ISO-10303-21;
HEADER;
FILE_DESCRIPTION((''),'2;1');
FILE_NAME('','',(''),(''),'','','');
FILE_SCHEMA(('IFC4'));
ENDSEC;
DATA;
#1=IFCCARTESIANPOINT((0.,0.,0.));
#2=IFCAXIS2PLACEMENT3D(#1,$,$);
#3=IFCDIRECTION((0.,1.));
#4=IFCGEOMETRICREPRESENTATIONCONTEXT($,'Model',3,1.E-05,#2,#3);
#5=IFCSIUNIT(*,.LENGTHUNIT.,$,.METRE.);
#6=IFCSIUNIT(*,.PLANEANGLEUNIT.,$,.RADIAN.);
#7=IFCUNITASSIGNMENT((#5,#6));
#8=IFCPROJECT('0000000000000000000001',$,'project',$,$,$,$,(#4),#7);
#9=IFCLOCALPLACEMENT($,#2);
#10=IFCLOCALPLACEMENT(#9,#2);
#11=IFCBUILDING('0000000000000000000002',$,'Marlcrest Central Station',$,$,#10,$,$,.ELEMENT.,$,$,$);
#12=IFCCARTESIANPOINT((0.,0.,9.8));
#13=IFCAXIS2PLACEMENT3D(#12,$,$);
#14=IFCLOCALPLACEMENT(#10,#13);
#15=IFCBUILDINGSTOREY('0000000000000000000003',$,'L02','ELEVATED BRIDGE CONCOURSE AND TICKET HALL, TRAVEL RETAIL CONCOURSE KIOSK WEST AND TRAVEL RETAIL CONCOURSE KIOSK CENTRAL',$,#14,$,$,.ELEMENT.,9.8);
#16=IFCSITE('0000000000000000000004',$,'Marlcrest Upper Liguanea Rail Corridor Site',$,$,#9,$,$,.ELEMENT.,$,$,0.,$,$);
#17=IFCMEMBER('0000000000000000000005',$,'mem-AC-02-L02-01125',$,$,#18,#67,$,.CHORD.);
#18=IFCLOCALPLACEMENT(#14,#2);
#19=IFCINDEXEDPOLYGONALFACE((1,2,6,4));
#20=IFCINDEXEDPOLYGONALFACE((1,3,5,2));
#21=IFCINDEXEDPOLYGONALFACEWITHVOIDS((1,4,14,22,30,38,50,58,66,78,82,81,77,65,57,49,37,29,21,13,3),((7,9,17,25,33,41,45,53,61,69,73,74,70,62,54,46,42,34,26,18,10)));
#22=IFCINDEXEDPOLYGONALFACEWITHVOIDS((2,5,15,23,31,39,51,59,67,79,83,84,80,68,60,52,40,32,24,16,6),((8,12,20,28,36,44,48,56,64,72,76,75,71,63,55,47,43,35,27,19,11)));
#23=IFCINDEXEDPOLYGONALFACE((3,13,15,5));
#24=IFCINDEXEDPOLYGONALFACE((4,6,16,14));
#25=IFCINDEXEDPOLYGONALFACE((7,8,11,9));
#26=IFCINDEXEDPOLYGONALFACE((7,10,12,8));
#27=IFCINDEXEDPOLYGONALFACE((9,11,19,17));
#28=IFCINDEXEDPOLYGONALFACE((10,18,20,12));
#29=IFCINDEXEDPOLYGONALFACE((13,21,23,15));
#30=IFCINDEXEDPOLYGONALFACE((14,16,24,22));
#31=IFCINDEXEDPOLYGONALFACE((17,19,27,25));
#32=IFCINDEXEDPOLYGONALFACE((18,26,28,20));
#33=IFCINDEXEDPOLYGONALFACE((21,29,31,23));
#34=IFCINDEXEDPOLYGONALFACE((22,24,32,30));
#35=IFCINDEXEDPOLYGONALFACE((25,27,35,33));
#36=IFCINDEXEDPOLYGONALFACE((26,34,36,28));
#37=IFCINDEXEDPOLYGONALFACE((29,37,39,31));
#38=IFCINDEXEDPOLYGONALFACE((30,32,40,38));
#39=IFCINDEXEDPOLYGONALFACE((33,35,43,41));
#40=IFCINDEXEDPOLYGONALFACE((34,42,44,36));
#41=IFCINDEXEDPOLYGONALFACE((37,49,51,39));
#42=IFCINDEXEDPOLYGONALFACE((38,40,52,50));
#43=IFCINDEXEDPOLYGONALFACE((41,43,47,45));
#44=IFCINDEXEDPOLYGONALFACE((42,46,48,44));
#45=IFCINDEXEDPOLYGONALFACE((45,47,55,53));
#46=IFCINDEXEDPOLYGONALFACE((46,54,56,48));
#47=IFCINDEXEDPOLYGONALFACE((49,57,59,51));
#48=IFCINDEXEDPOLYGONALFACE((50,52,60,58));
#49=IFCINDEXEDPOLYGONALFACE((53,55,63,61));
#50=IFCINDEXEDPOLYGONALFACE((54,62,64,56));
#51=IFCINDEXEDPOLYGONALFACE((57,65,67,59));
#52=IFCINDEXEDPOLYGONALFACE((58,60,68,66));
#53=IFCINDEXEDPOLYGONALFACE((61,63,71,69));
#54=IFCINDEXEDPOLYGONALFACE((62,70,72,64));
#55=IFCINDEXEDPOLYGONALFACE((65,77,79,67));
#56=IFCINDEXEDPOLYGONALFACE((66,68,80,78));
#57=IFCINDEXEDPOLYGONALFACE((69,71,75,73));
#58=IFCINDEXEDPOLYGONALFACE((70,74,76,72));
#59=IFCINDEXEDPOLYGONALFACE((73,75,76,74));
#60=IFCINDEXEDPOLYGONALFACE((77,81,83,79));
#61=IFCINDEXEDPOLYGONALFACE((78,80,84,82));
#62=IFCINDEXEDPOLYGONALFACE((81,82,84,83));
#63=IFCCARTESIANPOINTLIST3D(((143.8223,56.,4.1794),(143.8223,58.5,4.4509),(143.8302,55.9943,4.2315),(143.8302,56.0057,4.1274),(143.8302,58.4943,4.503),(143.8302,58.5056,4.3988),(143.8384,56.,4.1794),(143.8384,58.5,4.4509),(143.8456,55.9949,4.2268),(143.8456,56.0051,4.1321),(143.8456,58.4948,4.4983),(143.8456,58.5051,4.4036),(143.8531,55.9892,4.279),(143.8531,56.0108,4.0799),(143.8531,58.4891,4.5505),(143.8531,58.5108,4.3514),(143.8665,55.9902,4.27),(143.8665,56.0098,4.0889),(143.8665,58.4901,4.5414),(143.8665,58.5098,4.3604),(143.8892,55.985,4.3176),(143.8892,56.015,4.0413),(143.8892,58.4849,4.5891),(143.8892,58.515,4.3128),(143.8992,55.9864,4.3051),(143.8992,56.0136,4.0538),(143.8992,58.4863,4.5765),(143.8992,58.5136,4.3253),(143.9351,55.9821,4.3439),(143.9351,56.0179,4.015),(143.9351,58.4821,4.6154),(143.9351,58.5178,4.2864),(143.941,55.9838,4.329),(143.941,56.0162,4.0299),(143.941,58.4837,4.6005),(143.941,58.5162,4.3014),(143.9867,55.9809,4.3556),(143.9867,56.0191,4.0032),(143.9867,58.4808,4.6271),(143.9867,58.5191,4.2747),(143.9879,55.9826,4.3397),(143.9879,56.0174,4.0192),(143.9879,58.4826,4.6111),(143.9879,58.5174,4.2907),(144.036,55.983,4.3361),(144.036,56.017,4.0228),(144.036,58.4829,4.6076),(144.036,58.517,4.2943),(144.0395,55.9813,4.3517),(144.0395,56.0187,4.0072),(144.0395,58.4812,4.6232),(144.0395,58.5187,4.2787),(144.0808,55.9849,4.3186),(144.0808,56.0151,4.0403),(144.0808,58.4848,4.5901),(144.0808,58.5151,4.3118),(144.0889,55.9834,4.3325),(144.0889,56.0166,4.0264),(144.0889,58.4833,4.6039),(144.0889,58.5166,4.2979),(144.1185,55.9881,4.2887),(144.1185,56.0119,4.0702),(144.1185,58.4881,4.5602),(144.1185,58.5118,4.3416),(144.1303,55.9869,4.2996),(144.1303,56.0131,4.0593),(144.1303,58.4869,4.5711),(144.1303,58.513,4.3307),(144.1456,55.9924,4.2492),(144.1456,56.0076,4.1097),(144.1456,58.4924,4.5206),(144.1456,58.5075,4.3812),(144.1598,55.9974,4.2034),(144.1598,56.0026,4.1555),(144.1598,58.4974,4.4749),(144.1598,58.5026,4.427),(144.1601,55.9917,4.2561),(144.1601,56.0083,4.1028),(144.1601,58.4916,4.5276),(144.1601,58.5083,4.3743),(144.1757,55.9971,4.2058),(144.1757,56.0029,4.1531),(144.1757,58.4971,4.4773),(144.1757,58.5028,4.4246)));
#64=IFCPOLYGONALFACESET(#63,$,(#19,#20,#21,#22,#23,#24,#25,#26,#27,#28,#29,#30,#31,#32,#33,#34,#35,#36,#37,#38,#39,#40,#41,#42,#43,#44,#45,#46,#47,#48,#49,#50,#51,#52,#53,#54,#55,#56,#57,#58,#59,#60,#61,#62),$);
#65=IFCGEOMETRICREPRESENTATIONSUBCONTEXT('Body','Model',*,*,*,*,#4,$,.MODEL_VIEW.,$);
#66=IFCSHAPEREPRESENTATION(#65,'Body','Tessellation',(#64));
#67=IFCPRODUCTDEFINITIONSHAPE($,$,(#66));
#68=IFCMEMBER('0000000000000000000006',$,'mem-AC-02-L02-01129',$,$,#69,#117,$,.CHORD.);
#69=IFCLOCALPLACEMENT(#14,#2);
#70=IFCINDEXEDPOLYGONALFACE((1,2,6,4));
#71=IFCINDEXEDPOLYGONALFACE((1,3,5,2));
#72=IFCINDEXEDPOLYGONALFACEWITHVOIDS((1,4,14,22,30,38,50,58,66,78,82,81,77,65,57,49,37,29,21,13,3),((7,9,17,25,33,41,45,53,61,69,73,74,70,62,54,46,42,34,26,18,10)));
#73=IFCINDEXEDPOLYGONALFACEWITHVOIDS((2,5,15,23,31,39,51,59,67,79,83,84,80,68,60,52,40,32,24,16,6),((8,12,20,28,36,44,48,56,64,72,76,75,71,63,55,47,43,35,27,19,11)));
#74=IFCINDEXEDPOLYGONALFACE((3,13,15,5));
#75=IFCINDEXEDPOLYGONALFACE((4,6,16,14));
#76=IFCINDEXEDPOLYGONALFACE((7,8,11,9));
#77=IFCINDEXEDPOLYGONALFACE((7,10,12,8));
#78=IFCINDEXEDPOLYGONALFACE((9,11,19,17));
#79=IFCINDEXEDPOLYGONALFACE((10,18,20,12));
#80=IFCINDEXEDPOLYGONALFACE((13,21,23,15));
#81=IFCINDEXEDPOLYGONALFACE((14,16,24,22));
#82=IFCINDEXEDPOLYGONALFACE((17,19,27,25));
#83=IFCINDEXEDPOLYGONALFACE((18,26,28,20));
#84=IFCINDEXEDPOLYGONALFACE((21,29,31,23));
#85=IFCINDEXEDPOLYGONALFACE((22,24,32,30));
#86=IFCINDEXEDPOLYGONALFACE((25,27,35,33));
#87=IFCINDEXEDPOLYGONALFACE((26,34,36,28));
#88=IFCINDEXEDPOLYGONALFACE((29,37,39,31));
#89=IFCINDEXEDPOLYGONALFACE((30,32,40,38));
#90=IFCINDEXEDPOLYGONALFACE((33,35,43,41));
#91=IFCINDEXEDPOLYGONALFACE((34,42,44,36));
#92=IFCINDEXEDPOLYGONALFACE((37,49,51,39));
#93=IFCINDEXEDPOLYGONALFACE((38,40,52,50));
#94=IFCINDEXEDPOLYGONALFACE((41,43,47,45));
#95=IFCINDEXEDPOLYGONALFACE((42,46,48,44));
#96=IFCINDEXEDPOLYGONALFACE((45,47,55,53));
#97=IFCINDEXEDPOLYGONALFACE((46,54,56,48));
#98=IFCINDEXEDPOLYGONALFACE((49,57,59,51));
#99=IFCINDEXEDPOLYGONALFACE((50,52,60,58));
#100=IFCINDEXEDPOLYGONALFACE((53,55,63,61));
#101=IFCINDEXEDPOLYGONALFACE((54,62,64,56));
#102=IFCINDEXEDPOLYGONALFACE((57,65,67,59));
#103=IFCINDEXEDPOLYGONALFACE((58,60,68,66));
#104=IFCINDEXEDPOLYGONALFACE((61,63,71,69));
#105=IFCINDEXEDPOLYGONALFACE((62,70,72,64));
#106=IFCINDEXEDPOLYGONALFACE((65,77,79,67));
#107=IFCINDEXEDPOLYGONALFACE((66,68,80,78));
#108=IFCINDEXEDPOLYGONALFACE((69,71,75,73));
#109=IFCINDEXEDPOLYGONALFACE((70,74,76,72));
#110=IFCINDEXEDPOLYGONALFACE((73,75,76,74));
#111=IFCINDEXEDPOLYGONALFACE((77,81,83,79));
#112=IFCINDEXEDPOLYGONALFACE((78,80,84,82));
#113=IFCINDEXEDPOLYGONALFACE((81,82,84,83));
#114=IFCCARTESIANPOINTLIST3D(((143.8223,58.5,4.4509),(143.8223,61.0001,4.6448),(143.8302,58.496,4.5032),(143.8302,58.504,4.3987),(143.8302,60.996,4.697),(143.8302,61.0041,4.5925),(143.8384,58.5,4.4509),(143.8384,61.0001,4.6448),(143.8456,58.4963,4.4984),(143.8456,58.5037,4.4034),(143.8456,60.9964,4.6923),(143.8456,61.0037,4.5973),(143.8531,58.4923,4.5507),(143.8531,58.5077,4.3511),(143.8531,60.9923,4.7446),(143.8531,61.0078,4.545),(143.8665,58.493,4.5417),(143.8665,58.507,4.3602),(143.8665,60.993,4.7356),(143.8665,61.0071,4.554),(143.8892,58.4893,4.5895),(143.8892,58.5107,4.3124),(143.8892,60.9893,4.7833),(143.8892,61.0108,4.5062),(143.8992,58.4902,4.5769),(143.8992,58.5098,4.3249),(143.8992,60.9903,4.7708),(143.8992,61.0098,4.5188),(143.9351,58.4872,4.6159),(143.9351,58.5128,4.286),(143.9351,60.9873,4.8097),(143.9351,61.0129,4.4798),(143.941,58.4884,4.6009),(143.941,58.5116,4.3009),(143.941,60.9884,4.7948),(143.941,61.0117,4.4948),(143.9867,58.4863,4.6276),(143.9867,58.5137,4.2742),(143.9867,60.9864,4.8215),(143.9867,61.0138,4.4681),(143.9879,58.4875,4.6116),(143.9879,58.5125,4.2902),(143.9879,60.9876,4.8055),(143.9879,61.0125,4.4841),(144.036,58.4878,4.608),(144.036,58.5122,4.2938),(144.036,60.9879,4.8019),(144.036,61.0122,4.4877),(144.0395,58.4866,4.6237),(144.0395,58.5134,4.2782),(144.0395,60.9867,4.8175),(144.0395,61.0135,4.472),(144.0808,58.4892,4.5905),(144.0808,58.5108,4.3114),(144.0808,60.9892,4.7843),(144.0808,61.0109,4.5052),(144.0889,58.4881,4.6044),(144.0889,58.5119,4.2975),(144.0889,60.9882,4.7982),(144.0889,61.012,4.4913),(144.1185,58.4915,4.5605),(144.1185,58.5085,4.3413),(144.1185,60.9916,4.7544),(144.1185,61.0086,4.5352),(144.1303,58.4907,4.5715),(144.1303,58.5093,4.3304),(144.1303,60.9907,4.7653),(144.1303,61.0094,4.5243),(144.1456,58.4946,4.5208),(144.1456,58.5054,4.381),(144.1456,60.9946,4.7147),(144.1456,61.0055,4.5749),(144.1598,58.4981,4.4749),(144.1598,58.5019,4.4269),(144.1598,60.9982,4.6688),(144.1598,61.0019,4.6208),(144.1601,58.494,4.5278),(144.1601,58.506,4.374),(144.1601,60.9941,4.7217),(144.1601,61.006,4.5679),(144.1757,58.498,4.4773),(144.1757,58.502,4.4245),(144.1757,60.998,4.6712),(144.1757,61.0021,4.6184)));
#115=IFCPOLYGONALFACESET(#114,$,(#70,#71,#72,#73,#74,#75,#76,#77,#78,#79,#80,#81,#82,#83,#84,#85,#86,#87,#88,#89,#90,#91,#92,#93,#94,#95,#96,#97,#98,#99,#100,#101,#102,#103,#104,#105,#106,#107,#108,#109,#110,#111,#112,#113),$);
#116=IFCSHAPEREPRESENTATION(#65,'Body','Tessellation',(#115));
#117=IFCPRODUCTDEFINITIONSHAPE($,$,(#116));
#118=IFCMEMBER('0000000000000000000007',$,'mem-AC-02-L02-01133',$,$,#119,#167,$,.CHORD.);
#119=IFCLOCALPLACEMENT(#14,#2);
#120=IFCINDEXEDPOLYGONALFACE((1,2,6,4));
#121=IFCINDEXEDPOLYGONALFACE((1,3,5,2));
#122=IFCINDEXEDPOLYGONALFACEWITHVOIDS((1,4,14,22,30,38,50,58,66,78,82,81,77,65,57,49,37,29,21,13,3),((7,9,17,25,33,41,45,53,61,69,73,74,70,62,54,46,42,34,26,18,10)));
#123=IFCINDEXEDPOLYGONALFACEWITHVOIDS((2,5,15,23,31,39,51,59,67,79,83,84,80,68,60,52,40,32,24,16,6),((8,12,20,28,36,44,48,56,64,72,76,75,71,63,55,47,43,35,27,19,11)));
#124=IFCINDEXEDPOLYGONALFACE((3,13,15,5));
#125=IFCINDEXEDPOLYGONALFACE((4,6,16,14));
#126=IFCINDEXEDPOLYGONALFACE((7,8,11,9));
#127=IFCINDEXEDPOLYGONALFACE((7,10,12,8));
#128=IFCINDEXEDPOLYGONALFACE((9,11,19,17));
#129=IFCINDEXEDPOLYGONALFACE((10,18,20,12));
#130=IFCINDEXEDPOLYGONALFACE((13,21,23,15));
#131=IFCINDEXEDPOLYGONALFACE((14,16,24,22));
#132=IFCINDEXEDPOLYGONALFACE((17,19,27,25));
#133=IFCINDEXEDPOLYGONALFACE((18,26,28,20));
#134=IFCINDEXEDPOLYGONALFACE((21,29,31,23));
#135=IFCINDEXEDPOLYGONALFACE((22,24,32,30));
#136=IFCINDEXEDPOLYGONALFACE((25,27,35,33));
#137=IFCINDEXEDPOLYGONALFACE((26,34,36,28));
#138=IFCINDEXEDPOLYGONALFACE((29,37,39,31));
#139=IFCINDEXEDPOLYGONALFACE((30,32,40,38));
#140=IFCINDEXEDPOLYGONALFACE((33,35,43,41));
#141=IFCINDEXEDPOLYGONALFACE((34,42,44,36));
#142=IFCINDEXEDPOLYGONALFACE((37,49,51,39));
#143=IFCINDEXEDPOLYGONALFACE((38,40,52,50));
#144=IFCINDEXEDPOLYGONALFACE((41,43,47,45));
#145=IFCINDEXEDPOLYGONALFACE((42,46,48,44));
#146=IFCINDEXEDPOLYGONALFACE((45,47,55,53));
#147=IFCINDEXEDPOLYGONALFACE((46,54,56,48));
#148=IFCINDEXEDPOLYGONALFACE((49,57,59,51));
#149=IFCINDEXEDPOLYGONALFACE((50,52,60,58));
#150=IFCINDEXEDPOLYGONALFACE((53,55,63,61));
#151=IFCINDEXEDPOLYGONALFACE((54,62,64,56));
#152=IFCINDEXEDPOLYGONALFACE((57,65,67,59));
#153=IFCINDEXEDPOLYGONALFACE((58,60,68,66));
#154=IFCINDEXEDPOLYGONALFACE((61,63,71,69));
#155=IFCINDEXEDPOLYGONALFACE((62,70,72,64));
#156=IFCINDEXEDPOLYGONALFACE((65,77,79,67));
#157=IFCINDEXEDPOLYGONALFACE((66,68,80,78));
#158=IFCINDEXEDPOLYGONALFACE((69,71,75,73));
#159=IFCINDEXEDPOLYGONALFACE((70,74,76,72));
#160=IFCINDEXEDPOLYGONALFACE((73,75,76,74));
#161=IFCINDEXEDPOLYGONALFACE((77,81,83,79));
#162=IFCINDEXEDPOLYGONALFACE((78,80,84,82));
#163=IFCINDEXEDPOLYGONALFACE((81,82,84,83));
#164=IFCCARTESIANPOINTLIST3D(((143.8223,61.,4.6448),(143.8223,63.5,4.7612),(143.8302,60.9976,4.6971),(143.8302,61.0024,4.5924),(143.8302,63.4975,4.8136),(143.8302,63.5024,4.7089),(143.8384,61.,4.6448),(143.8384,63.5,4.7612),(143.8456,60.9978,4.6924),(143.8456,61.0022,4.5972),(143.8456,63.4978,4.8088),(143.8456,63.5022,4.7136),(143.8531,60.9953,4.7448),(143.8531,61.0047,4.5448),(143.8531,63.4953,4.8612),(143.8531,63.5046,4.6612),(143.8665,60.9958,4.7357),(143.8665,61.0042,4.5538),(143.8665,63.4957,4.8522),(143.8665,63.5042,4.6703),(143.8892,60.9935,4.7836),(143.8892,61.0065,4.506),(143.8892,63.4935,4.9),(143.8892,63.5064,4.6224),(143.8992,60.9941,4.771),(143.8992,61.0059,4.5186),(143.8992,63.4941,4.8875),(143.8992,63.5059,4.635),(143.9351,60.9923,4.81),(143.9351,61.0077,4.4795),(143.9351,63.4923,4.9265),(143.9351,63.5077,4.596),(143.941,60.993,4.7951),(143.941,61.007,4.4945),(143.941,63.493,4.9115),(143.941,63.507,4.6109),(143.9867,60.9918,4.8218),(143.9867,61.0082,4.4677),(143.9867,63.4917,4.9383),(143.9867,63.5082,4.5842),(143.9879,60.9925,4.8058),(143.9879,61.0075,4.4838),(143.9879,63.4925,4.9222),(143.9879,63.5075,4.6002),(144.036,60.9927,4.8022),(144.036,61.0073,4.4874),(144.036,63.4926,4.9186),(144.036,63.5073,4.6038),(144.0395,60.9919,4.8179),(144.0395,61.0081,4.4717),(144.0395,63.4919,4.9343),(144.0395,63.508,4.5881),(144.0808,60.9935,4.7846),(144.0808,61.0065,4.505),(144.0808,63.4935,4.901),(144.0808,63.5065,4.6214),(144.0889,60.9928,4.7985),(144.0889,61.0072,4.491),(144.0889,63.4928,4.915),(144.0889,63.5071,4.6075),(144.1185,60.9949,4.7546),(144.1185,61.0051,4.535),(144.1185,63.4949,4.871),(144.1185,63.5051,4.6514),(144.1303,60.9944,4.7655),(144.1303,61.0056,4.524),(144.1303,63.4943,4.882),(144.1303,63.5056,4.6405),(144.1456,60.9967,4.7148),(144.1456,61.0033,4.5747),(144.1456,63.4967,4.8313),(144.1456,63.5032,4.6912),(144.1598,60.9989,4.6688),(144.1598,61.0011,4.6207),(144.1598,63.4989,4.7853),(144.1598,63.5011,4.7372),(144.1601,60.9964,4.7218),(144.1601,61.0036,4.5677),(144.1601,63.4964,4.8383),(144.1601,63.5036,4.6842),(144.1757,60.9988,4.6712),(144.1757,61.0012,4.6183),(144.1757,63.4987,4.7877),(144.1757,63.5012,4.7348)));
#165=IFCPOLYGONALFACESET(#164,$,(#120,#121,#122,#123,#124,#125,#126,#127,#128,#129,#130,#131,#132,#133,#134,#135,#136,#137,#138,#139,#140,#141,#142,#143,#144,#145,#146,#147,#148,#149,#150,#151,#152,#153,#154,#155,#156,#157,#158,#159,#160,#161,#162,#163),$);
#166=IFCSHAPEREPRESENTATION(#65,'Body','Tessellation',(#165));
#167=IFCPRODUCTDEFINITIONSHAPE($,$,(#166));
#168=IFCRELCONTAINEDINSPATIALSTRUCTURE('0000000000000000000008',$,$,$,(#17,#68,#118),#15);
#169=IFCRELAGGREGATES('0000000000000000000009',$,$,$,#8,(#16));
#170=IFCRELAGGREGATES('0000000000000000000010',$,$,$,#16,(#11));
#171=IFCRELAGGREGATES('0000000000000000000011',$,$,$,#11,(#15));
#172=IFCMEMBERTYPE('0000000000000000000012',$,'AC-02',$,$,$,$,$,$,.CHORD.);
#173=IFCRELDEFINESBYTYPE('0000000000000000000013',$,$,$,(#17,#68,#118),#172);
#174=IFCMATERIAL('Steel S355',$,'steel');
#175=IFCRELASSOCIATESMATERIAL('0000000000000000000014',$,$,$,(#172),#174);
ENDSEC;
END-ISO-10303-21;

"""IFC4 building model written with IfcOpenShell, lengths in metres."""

from ifc_helpers import new_model, si_unit, direction, frame, origin, origin_2d, place, context, subcontext, project, spatial, hollow_circle, extrude, material, material_profile, profile_set, type_object, element, save


model = new_model("IFC4")

# Units and contexts
model_context = context("Model", 3, precision=1e-05, world=origin(), true_north=direction((0.0, 1.0)))
body_context = subcontext(model_context, "Body", "Model", "MODEL_VIEW")
ifc_project = project(units=[si_unit("LENGTHUNIT", "METRE"), si_unit("PLANEANGLEUNIT", "RADIAN")], contexts=[model_context])

# Site, building, storey
site_placement = place(None, origin())
site = spatial("IfcSite", under=ifc_project, at=site_placement, Name="Marlcrest Upper Liguanea Rail Corridor Site", CompositionType="ELEMENT", RefElevation=0.0)
building_placement = place(site_placement, origin())
building = spatial("IfcBuilding", under=site, at=building_placement, Name="Marlcrest Central Station", CompositionType="ELEMENT")
storey_placement = place(building_placement, frame((0.0, 0.0, 9.8)))
storey = spatial("IfcBuildingStorey", under=building, at=storey_placement, Name="L02", Description="ELEVATED BRIDGE CONCOURSE AND TICKET HALL, TRAVEL RETAIL CONCOURSE KIOSK WEST AND TRAVEL RETAIL CONCOURSE KIOSK CENTRAL", CompositionType="ELEMENT", Elevation=9.8)

# Members
ifc_material = material(Name="Steel S355", Category="steel")
ifc_material_profile_1 = material_profile(ifc_material, hollow_circle(Radius=0.1777, WallThickness=0.0161, at=origin_2d()), Name="CHS 355.6x16")
ifc_profile_set_1 = profile_set([ifc_material_profile_1], Name="Steel S355")
member_type_1 = type_object("IfcMemberType", Name="AC-02", PredefinedType="CHORD", material=ifc_profile_set_1)
member_1_placement = place(storey_placement, frame((144.0, 56.0, 4.1794), z_axis=(0.0, 0.994155, 0.107959), x_axis=(-1.0, 0.0, 0.0)))
element("IfcMember", 1, at=member_1_placement, inside=storey, type_object=member_type_1, Name="mem-AC-02-L02-01125", PredefinedType="CHORD", context=body_context, shape_type="SweptSolid", body=[
    extrude(hollow_circle(Radius=0.1777, WallThickness=0.0161, at=origin_2d()), origin(), (0.0, 0.0, 1.0), 2.5146),
])
member_2_placement = place(storey_placement, frame((144.0, 58.5, 4.4509), z_axis=(0.0, 0.997007, 0.077307), x_axis=(-1.0, 0.0, 0.0)))
element("IfcMember", 2, at=member_2_placement, inside=storey, type_object=member_type_1, Name="mem-AC-02-L02-01129", PredefinedType="CHORD", context=body_context, shape_type="SweptSolid", body=[
    extrude(hollow_circle(Radius=0.1777, WallThickness=0.0161, at=origin_2d()), origin(), (0.0, 0.0, 1.0), 2.5076),
])
member_3_placement = place(storey_placement, frame((144.0, 61.0, 4.6448), z_axis=(0.0, 0.998917, 0.046532), x_axis=(-1.0, 0.0, 0.0)))
element("IfcMember", 3, at=member_3_placement, inside=storey, type_object=member_type_1, Name="mem-AC-02-L02-01133", PredefinedType="CHORD", context=body_context, shape_type="SweptSolid", body=[
    extrude(hollow_circle(Radius=0.1777, WallThickness=0.0161, at=origin_2d()), origin(), (0.0, 0.0, 1.0), 2.5027),
])

save(model, "model.ifc")
